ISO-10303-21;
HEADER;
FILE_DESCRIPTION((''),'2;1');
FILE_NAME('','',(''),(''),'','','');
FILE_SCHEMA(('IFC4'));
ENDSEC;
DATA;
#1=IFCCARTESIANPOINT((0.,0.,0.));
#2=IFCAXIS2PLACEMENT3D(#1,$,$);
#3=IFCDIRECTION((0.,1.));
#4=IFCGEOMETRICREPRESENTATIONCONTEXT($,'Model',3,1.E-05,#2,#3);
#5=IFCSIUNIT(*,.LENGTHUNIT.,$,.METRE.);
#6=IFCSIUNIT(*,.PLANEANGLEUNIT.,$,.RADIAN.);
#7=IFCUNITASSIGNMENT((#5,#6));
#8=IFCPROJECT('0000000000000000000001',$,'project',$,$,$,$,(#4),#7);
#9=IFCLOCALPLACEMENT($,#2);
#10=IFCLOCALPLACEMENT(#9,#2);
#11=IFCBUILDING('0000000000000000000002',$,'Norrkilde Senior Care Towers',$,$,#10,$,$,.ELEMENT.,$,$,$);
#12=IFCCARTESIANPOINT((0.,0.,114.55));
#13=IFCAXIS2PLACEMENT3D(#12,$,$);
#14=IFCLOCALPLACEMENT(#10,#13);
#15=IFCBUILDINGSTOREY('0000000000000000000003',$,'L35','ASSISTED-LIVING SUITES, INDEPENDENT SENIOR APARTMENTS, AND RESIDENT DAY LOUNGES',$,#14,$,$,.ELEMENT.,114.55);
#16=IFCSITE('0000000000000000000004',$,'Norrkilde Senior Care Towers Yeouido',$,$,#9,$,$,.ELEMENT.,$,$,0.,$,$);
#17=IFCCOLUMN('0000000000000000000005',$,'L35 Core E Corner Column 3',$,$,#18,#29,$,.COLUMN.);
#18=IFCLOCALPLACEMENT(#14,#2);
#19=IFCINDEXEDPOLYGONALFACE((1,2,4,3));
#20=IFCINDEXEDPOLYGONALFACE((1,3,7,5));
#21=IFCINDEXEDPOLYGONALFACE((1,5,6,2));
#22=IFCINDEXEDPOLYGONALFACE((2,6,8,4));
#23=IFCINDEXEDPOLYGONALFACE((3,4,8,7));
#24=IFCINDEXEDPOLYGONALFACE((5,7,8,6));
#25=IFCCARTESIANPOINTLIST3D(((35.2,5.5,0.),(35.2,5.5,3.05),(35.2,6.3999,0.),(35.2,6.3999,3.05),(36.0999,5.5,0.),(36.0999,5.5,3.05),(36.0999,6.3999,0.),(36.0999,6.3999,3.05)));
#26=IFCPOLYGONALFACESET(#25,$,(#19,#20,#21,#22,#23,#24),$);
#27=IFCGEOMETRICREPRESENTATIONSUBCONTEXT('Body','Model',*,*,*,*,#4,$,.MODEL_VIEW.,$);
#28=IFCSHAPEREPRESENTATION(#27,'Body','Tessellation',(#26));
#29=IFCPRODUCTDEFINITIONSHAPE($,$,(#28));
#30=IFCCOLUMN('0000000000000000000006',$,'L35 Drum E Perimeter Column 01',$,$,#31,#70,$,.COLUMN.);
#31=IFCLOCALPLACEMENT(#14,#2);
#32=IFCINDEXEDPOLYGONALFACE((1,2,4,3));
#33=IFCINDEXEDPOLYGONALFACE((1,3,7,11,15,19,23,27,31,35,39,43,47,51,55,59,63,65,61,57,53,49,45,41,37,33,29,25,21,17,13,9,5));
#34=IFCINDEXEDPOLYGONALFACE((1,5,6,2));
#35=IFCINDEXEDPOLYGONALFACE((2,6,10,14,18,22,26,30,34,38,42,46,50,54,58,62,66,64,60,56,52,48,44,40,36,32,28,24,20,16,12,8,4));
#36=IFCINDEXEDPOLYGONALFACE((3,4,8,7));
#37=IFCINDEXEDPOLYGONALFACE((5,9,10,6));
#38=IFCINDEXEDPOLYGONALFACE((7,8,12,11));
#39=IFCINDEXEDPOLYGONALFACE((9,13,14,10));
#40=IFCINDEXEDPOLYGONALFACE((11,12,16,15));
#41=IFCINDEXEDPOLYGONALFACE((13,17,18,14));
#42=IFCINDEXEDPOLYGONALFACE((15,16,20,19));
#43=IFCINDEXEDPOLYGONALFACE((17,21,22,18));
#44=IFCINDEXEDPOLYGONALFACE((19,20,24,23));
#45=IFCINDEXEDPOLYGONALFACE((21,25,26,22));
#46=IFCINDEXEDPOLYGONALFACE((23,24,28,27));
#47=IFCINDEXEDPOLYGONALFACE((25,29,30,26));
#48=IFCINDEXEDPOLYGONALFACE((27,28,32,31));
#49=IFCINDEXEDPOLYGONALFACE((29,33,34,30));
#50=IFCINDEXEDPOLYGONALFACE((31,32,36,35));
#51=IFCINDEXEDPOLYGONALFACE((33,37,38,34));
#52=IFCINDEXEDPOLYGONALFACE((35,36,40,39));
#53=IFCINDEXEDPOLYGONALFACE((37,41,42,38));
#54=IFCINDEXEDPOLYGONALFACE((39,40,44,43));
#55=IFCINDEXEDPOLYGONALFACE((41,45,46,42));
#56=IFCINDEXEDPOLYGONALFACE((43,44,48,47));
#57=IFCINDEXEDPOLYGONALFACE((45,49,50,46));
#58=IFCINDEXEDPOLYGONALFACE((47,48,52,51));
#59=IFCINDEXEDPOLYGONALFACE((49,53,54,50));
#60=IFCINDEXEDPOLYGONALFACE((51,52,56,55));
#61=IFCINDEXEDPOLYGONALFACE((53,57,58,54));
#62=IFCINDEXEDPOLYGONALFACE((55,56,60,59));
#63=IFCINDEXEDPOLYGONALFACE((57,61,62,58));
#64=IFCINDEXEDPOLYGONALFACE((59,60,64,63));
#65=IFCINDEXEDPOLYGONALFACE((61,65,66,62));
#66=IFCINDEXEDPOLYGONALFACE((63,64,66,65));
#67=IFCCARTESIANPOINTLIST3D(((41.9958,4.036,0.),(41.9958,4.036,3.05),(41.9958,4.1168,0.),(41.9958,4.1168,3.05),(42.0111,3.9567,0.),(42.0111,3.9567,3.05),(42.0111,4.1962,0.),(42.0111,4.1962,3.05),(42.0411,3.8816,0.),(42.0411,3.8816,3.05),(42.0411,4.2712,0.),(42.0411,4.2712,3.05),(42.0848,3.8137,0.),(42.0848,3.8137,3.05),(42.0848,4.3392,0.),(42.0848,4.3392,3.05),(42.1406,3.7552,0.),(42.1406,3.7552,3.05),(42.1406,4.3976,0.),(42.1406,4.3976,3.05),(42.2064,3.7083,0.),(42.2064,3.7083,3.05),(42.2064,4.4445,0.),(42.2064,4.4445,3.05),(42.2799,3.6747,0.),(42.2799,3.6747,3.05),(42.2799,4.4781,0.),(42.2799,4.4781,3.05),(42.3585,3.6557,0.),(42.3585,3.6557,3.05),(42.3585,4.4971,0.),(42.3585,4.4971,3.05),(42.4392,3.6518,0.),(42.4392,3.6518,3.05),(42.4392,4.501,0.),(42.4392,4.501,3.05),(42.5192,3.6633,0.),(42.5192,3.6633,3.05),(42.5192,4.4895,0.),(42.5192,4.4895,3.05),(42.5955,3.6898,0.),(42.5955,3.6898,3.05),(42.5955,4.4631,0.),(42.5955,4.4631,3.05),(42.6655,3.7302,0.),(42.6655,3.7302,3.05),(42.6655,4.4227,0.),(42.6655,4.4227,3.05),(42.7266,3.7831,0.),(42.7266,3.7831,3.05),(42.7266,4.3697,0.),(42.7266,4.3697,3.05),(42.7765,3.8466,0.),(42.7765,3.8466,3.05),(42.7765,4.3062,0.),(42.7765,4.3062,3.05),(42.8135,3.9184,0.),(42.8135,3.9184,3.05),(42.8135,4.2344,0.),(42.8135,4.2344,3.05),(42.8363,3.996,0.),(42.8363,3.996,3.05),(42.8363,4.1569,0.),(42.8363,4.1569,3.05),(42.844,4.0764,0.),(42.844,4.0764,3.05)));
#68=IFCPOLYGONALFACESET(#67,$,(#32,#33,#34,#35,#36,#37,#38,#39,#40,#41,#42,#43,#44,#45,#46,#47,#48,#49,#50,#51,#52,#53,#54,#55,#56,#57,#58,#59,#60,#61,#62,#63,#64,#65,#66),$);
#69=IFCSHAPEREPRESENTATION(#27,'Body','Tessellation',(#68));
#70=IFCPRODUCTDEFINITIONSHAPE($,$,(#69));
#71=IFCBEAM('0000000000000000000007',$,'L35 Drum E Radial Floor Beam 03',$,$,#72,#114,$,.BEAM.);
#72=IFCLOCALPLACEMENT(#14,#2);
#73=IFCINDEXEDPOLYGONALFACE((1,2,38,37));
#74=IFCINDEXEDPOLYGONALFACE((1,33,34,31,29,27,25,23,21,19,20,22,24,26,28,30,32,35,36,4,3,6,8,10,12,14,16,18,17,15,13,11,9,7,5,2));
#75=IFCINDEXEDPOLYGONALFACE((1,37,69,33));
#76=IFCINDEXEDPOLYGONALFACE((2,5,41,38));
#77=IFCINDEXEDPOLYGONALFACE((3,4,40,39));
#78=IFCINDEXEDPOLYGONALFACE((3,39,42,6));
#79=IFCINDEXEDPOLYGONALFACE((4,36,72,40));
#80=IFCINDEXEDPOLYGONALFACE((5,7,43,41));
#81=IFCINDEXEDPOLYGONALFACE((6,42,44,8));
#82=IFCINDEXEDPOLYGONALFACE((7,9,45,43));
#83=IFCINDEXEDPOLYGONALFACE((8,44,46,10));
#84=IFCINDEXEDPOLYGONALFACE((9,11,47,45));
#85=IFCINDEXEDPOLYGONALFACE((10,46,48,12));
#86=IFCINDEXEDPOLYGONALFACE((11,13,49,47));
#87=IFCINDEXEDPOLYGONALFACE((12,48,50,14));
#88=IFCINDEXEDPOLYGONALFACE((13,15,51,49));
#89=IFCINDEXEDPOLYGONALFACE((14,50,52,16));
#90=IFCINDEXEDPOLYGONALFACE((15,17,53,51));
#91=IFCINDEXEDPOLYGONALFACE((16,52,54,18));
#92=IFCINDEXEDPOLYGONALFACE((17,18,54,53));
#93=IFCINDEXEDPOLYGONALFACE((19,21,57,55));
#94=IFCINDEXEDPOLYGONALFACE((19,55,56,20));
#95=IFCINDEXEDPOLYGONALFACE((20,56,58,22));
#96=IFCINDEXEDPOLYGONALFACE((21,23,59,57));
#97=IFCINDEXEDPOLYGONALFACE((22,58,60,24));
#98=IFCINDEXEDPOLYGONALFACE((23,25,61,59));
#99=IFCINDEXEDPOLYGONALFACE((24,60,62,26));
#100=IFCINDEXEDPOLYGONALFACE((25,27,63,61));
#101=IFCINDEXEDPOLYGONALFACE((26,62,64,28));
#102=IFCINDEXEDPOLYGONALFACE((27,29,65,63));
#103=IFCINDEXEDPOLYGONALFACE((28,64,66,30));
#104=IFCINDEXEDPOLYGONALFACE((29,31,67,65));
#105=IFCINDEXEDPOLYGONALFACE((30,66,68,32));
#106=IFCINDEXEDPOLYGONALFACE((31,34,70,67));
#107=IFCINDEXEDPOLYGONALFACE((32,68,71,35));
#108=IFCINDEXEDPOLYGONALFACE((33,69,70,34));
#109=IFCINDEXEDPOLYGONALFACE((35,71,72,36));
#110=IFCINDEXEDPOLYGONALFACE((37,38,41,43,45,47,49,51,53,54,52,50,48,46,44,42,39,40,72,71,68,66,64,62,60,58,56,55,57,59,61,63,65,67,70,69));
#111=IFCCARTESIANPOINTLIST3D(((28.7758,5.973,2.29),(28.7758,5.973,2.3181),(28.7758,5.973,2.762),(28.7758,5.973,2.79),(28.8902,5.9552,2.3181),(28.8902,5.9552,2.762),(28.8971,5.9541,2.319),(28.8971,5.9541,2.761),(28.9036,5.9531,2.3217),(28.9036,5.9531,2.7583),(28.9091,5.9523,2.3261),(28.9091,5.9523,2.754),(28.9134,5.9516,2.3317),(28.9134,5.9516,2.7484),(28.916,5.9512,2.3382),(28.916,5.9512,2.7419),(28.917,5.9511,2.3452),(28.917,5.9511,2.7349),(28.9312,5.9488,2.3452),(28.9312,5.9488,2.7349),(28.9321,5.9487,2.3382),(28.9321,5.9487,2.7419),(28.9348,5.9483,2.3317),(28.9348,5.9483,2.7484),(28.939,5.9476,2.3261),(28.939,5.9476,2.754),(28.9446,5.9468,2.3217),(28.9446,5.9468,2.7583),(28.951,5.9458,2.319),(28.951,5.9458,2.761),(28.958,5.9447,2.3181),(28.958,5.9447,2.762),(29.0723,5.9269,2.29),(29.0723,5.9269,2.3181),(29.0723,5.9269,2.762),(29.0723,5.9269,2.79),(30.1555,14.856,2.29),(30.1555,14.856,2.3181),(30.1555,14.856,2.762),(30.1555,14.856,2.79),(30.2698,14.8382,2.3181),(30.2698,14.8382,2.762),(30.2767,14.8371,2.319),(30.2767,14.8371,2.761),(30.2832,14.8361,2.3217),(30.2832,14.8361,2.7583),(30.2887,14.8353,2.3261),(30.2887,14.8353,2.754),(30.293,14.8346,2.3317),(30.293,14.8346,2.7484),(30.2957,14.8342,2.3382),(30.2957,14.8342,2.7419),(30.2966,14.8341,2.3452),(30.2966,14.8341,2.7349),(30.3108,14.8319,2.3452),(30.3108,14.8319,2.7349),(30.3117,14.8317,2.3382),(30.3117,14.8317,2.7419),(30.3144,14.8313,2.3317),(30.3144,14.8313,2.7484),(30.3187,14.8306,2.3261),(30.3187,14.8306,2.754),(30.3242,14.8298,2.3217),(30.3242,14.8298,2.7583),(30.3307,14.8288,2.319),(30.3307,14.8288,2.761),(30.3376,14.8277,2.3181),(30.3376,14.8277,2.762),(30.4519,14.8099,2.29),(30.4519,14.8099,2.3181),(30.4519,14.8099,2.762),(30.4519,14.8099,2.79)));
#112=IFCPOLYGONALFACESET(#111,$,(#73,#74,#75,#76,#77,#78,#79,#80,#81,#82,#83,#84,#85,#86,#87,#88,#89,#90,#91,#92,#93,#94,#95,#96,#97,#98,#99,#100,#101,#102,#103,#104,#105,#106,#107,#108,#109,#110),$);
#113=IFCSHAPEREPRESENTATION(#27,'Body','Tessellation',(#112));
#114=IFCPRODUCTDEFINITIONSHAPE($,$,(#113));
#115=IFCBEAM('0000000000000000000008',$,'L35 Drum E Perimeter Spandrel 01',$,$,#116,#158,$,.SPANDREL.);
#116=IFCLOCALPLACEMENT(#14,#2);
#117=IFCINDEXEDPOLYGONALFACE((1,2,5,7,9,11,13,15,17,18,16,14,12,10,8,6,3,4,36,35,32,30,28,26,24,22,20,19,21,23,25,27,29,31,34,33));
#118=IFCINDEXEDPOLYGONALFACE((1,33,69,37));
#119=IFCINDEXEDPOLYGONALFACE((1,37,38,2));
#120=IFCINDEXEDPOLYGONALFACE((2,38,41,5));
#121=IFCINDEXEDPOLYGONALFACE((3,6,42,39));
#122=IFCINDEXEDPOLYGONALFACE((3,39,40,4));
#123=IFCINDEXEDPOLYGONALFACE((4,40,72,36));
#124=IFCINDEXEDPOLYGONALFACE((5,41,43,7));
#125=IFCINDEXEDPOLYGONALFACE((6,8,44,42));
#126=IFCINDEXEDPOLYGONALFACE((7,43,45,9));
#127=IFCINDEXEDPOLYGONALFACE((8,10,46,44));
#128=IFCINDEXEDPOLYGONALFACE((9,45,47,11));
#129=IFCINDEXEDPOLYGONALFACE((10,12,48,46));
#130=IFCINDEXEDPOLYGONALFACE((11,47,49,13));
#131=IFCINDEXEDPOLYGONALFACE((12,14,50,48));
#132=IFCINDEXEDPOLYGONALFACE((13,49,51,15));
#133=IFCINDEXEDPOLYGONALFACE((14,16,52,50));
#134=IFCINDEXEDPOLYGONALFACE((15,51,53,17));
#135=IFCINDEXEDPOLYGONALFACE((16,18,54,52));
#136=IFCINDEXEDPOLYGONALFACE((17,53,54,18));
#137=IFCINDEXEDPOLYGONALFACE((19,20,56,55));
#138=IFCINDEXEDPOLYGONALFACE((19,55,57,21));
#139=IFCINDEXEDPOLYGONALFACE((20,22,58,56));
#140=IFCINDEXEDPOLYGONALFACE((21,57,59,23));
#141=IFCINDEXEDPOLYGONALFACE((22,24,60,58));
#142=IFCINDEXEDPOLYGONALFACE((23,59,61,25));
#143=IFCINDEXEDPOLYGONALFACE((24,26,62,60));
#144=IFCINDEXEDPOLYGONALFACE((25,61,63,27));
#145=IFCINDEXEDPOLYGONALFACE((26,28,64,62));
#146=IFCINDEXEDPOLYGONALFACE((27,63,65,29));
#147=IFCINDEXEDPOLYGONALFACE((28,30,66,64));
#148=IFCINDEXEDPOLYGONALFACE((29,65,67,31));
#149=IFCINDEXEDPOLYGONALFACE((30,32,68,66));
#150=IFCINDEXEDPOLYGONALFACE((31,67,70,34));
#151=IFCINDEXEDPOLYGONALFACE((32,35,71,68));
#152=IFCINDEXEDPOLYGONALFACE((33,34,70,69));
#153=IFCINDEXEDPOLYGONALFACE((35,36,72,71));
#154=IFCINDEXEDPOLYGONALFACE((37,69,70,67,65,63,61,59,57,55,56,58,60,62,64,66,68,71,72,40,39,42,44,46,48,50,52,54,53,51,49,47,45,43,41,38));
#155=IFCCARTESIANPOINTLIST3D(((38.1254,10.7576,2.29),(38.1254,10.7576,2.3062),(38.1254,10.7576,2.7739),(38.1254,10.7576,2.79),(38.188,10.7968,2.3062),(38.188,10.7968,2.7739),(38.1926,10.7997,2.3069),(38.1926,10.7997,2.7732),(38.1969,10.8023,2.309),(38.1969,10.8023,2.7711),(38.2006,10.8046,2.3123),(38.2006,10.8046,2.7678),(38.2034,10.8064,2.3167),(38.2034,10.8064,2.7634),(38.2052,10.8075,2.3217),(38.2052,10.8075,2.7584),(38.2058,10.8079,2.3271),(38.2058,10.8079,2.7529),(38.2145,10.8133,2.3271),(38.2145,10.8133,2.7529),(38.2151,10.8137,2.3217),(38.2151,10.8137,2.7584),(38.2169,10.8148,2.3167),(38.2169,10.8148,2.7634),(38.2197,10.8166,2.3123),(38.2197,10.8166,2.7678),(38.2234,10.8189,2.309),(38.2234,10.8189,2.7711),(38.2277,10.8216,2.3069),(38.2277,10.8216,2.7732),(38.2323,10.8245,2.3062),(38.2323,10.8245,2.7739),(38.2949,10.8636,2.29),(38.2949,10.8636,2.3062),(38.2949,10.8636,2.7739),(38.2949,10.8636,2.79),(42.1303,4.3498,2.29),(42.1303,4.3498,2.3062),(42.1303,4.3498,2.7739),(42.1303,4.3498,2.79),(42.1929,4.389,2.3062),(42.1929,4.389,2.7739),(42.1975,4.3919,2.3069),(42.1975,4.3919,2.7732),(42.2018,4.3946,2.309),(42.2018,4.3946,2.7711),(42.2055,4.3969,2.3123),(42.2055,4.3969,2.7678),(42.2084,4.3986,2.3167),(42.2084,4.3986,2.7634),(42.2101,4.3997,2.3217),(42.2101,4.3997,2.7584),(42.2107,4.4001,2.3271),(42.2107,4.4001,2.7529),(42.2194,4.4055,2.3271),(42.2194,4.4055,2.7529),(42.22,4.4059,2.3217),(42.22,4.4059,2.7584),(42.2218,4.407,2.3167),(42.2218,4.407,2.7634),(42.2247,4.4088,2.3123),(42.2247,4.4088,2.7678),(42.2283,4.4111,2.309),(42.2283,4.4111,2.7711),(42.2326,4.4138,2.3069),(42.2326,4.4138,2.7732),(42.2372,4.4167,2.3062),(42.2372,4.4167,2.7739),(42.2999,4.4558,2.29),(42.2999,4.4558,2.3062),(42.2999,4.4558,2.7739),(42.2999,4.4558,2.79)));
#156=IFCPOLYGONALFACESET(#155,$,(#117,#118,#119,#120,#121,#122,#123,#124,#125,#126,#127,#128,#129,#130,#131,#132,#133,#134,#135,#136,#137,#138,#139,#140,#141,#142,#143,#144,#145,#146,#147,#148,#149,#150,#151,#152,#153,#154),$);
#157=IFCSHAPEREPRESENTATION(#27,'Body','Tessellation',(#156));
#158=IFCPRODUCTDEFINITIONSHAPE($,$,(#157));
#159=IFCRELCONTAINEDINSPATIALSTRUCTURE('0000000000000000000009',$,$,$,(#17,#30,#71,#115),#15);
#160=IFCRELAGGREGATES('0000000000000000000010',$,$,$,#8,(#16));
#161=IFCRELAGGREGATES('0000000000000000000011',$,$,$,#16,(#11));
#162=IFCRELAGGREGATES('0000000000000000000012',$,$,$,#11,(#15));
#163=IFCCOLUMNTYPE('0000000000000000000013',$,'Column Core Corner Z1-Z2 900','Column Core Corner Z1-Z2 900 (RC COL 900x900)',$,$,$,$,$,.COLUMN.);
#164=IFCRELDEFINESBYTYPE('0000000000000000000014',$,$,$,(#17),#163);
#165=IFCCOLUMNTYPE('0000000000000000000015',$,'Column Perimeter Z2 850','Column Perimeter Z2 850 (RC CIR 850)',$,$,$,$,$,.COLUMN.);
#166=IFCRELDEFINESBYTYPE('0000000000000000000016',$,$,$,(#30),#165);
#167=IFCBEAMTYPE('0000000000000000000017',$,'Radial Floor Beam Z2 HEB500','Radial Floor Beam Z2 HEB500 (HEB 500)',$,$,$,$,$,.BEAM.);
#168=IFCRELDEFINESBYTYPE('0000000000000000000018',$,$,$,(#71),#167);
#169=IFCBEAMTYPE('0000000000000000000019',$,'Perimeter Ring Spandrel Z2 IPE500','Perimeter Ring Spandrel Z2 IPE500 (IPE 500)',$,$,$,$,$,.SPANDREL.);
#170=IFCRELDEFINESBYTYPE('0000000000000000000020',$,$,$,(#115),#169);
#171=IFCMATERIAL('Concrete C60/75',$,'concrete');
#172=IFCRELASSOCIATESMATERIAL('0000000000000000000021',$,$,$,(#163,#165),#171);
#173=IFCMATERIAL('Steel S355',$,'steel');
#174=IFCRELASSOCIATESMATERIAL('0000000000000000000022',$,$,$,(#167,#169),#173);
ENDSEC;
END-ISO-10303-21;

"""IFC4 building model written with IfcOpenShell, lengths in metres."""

from ifc_helpers import new_model, si_unit, direction, frame, origin, origin_2d, place, context, subcontext, project, spatial, rectangle, circle, i_section, extrude, source, transform, mapped, material, material_profile, profile_set, type_object, type_shapes, element, save


model = new_model("IFC4")

# Units and contexts
model_context = context("Model", 3, precision=1e-05, world=origin(), true_north=direction((0.0, 1.0)))
body_context = subcontext(model_context, "Body", "Model", "MODEL_VIEW")
ifc_project = project(units=[si_unit("LENGTHUNIT", "METRE"), si_unit("PLANEANGLEUNIT", "RADIAN")], contexts=[model_context])

# Site, building, storey
site_placement = place(None, origin())
site = spatial("IfcSite", under=ifc_project, at=site_placement, Name="Norrkilde Senior Care Towers Yeouido", CompositionType="ELEMENT", RefElevation=0.0)
building_placement = place(site_placement, origin())
building = spatial("IfcBuilding", under=site, at=building_placement, Name="Norrkilde Senior Care Towers", CompositionType="ELEMENT")
storey_placement = place(building_placement, frame((0.0, 0.0, 114.55)))
storey = spatial("IfcBuildingStorey", under=building, at=storey_placement, Name="L35", Description="ASSISTED-LIVING SUITES, INDEPENDENT SENIOR APARTMENTS, AND RESIDENT DAY LOUNGES", CompositionType="ELEMENT", Elevation=114.55)

# Columns
ifc_material_1 = material(Name="Concrete C60/75", Category="concrete")
ifc_material_profile_1 = material_profile(ifc_material_1, rectangle(XDim=0.8999, YDim=0.8999, at=origin_2d()), Name="RC COL 900x900")
ifc_profile_set_1 = profile_set([ifc_material_profile_1], Name="Concrete C60/75")
column_type_1 = type_object("IfcColumnType", Name="Column Core Corner Z1-Z2 900", Description="Column Core Corner Z1-Z2 900 (RC COL 900x900)", PredefinedType="COLUMN", material=ifc_profile_set_1)
shared_shape_1 = source(origin(), body_context, "Body", "SweptSolid", [
    extrude(rectangle(XDim=0.8999, YDim=0.8999, at=origin_2d()), origin(), (0.0, 0.0, 1.0), 3.05),
])
type_shapes(column_type_1, [shared_shape_1])
column_1_placement = place(storey_placement, frame((35.6499, 5.95, 0.0), z_axis=(0.0, 0.0, 1.0), x_axis=(1.0, 0.0, 0.0)))
element("IfcColumn", 1, at=column_1_placement, inside=storey, type_object=column_type_1, Name="L35 Core E Corner Column 3", PredefinedType="COLUMN", context=body_context, shape_type="MappedRepresentation", body=[
    mapped(shared_shape_1, transform((0.0, 0.0, 0.0), x_axis=(1.0, 0.0, 0.0), y_axis=(0.0, 1.0, 0.0), z_axis=(0.0, 0.0, 1.0), scale=1.0)),
])
ifc_material_profile_2 = material_profile(ifc_material_1, circle(Radius=0.425, at=origin_2d()), Name="RC CIR 850")
ifc_profile_set_2 = profile_set([ifc_material_profile_2], Name="Concrete C60/75")
column_type_2 = type_object("IfcColumnType", Name="Column Perimeter Z2 850", Description="Column Perimeter Z2 850 (RC CIR 850)", PredefinedType="COLUMN", material=ifc_profile_set_2)
shared_shape_2 = source(origin(), body_context, "Body", "SweptSolid", [
    extrude(circle(Radius=0.425, at=origin_2d()), origin(), (0.0, 0.0, 1.0), 3.05),
])
type_shapes(column_type_2, [shared_shape_2])
column_2_placement = place(storey_placement, frame((42.4189, 4.0764, 0.0), z_axis=(0.0, 0.0, 1.0), x_axis=(1.0, 0.0, 0.0)))
element("IfcColumn", 2, at=column_2_placement, inside=storey, type_object=column_type_2, Name="L35 Drum E Perimeter Column 01", PredefinedType="COLUMN", context=body_context, shape_type="MappedRepresentation", body=[
    mapped(shared_shape_2, transform((0.0, 0.0, 0.0), x_axis=(1.0, 0.0, 0.0), y_axis=(0.0, 1.0, 0.0), z_axis=(0.0, 0.0, 1.0), scale=1.0)),
])

# Beams
ifc_material_2 = material(Name="Steel S355", Category="steel")
ifc_material_profile_3 = material_profile(ifc_material_2, i_section(OverallWidth=0.3, OverallDepth=0.5, WebThickness=0.0144, FlangeThickness=0.0281, FilletRadius=0.0271, at=origin_2d()), Name="HEB 500")
ifc_profile_set_3 = profile_set([ifc_material_profile_3], Name="Steel S355")
beam_type_1 = type_object("IfcBeamType", Name="Radial Floor Beam Z2 HEB500", Description="Radial Floor Beam Z2 HEB500 (HEB 500)", PredefinedType="BEAM", material=ifc_profile_set_3)
shared_shape_3 = source(origin(), body_context, "Body", "SweptSolid", [
    extrude(i_section(OverallWidth=0.3, OverallDepth=0.5, WebThickness=0.0144, FlangeThickness=0.0281, FilletRadius=0.0271, at=origin_2d()), origin(), (0.0, 0.0, 1.0), 8.9895),
])
beam_1_placement = place(storey_placement, frame((28.9241, 5.95, 2.54), z_axis=(0.153471, 0.988153, 0.0), x_axis=(-0.988153, 0.153471, 0.0)))
element("IfcBeam", 3, at=beam_1_placement, inside=storey, type_object=beam_type_1, Name="L35 Drum E Radial Floor Beam 03", PredefinedType="BEAM", context=body_context, shape_type="MappedRepresentation", body=[
    mapped(shared_shape_3, transform((0.0, 0.0, 0.0), x_axis=(1.0, 0.0, 0.0), y_axis=(0.0, 1.0, 0.0), z_axis=(0.0, 0.0, 1.0), scale=1.0)),
])
ifc_material_profile_4 = material_profile(ifc_material_2, i_section(OverallWidth=0.2, OverallDepth=0.5, WebThickness=0.0103, FlangeThickness=0.0161, FilletRadius=0.021, at=origin_2d()), Name="IPE 500")
ifc_profile_set_4 = profile_set([ifc_material_profile_4], Name="Steel S355")
beam_type_2 = type_object("IfcBeamType", Name="Perimeter Ring Spandrel Z2 IPE500", Description="Perimeter Ring Spandrel Z2 IPE500 (IPE 500)", PredefinedType="SPANDREL", material=ifc_profile_set_4)
shared_shape_4 = source(origin(), body_context, "Body", "SweptSolid", [
    extrude(i_section(OverallWidth=0.2, OverallDepth=0.5, WebThickness=0.0103, FlangeThickness=0.0161, FilletRadius=0.021, at=origin_2d()), origin(), (0.0, 0.0, 1.0), 7.5564),
])
type_shapes(beam_type_2, [shared_shape_4])
beam_2_placement = place(storey_placement, frame((42.2151, 4.4028, 2.54), z_axis=(-0.530005, 0.847995, 0.0), x_axis=(-0.847995, -0.530005, 0.0)))
element("IfcBeam", 4, at=beam_2_placement, inside=storey, type_object=beam_type_2, Name="L35 Drum E Perimeter Spandrel 01", PredefinedType="SPANDREL", context=body_context, shape_type="MappedRepresentation", body=[
    mapped(shared_shape_4, transform((0.0, 0.0, 0.0), x_axis=(1.0, 0.0, 0.0), y_axis=(0.0, 1.0, 0.0), z_axis=(0.0, 0.0, 1.0), scale=1.0)),
])

save(model, "model.ifc")
